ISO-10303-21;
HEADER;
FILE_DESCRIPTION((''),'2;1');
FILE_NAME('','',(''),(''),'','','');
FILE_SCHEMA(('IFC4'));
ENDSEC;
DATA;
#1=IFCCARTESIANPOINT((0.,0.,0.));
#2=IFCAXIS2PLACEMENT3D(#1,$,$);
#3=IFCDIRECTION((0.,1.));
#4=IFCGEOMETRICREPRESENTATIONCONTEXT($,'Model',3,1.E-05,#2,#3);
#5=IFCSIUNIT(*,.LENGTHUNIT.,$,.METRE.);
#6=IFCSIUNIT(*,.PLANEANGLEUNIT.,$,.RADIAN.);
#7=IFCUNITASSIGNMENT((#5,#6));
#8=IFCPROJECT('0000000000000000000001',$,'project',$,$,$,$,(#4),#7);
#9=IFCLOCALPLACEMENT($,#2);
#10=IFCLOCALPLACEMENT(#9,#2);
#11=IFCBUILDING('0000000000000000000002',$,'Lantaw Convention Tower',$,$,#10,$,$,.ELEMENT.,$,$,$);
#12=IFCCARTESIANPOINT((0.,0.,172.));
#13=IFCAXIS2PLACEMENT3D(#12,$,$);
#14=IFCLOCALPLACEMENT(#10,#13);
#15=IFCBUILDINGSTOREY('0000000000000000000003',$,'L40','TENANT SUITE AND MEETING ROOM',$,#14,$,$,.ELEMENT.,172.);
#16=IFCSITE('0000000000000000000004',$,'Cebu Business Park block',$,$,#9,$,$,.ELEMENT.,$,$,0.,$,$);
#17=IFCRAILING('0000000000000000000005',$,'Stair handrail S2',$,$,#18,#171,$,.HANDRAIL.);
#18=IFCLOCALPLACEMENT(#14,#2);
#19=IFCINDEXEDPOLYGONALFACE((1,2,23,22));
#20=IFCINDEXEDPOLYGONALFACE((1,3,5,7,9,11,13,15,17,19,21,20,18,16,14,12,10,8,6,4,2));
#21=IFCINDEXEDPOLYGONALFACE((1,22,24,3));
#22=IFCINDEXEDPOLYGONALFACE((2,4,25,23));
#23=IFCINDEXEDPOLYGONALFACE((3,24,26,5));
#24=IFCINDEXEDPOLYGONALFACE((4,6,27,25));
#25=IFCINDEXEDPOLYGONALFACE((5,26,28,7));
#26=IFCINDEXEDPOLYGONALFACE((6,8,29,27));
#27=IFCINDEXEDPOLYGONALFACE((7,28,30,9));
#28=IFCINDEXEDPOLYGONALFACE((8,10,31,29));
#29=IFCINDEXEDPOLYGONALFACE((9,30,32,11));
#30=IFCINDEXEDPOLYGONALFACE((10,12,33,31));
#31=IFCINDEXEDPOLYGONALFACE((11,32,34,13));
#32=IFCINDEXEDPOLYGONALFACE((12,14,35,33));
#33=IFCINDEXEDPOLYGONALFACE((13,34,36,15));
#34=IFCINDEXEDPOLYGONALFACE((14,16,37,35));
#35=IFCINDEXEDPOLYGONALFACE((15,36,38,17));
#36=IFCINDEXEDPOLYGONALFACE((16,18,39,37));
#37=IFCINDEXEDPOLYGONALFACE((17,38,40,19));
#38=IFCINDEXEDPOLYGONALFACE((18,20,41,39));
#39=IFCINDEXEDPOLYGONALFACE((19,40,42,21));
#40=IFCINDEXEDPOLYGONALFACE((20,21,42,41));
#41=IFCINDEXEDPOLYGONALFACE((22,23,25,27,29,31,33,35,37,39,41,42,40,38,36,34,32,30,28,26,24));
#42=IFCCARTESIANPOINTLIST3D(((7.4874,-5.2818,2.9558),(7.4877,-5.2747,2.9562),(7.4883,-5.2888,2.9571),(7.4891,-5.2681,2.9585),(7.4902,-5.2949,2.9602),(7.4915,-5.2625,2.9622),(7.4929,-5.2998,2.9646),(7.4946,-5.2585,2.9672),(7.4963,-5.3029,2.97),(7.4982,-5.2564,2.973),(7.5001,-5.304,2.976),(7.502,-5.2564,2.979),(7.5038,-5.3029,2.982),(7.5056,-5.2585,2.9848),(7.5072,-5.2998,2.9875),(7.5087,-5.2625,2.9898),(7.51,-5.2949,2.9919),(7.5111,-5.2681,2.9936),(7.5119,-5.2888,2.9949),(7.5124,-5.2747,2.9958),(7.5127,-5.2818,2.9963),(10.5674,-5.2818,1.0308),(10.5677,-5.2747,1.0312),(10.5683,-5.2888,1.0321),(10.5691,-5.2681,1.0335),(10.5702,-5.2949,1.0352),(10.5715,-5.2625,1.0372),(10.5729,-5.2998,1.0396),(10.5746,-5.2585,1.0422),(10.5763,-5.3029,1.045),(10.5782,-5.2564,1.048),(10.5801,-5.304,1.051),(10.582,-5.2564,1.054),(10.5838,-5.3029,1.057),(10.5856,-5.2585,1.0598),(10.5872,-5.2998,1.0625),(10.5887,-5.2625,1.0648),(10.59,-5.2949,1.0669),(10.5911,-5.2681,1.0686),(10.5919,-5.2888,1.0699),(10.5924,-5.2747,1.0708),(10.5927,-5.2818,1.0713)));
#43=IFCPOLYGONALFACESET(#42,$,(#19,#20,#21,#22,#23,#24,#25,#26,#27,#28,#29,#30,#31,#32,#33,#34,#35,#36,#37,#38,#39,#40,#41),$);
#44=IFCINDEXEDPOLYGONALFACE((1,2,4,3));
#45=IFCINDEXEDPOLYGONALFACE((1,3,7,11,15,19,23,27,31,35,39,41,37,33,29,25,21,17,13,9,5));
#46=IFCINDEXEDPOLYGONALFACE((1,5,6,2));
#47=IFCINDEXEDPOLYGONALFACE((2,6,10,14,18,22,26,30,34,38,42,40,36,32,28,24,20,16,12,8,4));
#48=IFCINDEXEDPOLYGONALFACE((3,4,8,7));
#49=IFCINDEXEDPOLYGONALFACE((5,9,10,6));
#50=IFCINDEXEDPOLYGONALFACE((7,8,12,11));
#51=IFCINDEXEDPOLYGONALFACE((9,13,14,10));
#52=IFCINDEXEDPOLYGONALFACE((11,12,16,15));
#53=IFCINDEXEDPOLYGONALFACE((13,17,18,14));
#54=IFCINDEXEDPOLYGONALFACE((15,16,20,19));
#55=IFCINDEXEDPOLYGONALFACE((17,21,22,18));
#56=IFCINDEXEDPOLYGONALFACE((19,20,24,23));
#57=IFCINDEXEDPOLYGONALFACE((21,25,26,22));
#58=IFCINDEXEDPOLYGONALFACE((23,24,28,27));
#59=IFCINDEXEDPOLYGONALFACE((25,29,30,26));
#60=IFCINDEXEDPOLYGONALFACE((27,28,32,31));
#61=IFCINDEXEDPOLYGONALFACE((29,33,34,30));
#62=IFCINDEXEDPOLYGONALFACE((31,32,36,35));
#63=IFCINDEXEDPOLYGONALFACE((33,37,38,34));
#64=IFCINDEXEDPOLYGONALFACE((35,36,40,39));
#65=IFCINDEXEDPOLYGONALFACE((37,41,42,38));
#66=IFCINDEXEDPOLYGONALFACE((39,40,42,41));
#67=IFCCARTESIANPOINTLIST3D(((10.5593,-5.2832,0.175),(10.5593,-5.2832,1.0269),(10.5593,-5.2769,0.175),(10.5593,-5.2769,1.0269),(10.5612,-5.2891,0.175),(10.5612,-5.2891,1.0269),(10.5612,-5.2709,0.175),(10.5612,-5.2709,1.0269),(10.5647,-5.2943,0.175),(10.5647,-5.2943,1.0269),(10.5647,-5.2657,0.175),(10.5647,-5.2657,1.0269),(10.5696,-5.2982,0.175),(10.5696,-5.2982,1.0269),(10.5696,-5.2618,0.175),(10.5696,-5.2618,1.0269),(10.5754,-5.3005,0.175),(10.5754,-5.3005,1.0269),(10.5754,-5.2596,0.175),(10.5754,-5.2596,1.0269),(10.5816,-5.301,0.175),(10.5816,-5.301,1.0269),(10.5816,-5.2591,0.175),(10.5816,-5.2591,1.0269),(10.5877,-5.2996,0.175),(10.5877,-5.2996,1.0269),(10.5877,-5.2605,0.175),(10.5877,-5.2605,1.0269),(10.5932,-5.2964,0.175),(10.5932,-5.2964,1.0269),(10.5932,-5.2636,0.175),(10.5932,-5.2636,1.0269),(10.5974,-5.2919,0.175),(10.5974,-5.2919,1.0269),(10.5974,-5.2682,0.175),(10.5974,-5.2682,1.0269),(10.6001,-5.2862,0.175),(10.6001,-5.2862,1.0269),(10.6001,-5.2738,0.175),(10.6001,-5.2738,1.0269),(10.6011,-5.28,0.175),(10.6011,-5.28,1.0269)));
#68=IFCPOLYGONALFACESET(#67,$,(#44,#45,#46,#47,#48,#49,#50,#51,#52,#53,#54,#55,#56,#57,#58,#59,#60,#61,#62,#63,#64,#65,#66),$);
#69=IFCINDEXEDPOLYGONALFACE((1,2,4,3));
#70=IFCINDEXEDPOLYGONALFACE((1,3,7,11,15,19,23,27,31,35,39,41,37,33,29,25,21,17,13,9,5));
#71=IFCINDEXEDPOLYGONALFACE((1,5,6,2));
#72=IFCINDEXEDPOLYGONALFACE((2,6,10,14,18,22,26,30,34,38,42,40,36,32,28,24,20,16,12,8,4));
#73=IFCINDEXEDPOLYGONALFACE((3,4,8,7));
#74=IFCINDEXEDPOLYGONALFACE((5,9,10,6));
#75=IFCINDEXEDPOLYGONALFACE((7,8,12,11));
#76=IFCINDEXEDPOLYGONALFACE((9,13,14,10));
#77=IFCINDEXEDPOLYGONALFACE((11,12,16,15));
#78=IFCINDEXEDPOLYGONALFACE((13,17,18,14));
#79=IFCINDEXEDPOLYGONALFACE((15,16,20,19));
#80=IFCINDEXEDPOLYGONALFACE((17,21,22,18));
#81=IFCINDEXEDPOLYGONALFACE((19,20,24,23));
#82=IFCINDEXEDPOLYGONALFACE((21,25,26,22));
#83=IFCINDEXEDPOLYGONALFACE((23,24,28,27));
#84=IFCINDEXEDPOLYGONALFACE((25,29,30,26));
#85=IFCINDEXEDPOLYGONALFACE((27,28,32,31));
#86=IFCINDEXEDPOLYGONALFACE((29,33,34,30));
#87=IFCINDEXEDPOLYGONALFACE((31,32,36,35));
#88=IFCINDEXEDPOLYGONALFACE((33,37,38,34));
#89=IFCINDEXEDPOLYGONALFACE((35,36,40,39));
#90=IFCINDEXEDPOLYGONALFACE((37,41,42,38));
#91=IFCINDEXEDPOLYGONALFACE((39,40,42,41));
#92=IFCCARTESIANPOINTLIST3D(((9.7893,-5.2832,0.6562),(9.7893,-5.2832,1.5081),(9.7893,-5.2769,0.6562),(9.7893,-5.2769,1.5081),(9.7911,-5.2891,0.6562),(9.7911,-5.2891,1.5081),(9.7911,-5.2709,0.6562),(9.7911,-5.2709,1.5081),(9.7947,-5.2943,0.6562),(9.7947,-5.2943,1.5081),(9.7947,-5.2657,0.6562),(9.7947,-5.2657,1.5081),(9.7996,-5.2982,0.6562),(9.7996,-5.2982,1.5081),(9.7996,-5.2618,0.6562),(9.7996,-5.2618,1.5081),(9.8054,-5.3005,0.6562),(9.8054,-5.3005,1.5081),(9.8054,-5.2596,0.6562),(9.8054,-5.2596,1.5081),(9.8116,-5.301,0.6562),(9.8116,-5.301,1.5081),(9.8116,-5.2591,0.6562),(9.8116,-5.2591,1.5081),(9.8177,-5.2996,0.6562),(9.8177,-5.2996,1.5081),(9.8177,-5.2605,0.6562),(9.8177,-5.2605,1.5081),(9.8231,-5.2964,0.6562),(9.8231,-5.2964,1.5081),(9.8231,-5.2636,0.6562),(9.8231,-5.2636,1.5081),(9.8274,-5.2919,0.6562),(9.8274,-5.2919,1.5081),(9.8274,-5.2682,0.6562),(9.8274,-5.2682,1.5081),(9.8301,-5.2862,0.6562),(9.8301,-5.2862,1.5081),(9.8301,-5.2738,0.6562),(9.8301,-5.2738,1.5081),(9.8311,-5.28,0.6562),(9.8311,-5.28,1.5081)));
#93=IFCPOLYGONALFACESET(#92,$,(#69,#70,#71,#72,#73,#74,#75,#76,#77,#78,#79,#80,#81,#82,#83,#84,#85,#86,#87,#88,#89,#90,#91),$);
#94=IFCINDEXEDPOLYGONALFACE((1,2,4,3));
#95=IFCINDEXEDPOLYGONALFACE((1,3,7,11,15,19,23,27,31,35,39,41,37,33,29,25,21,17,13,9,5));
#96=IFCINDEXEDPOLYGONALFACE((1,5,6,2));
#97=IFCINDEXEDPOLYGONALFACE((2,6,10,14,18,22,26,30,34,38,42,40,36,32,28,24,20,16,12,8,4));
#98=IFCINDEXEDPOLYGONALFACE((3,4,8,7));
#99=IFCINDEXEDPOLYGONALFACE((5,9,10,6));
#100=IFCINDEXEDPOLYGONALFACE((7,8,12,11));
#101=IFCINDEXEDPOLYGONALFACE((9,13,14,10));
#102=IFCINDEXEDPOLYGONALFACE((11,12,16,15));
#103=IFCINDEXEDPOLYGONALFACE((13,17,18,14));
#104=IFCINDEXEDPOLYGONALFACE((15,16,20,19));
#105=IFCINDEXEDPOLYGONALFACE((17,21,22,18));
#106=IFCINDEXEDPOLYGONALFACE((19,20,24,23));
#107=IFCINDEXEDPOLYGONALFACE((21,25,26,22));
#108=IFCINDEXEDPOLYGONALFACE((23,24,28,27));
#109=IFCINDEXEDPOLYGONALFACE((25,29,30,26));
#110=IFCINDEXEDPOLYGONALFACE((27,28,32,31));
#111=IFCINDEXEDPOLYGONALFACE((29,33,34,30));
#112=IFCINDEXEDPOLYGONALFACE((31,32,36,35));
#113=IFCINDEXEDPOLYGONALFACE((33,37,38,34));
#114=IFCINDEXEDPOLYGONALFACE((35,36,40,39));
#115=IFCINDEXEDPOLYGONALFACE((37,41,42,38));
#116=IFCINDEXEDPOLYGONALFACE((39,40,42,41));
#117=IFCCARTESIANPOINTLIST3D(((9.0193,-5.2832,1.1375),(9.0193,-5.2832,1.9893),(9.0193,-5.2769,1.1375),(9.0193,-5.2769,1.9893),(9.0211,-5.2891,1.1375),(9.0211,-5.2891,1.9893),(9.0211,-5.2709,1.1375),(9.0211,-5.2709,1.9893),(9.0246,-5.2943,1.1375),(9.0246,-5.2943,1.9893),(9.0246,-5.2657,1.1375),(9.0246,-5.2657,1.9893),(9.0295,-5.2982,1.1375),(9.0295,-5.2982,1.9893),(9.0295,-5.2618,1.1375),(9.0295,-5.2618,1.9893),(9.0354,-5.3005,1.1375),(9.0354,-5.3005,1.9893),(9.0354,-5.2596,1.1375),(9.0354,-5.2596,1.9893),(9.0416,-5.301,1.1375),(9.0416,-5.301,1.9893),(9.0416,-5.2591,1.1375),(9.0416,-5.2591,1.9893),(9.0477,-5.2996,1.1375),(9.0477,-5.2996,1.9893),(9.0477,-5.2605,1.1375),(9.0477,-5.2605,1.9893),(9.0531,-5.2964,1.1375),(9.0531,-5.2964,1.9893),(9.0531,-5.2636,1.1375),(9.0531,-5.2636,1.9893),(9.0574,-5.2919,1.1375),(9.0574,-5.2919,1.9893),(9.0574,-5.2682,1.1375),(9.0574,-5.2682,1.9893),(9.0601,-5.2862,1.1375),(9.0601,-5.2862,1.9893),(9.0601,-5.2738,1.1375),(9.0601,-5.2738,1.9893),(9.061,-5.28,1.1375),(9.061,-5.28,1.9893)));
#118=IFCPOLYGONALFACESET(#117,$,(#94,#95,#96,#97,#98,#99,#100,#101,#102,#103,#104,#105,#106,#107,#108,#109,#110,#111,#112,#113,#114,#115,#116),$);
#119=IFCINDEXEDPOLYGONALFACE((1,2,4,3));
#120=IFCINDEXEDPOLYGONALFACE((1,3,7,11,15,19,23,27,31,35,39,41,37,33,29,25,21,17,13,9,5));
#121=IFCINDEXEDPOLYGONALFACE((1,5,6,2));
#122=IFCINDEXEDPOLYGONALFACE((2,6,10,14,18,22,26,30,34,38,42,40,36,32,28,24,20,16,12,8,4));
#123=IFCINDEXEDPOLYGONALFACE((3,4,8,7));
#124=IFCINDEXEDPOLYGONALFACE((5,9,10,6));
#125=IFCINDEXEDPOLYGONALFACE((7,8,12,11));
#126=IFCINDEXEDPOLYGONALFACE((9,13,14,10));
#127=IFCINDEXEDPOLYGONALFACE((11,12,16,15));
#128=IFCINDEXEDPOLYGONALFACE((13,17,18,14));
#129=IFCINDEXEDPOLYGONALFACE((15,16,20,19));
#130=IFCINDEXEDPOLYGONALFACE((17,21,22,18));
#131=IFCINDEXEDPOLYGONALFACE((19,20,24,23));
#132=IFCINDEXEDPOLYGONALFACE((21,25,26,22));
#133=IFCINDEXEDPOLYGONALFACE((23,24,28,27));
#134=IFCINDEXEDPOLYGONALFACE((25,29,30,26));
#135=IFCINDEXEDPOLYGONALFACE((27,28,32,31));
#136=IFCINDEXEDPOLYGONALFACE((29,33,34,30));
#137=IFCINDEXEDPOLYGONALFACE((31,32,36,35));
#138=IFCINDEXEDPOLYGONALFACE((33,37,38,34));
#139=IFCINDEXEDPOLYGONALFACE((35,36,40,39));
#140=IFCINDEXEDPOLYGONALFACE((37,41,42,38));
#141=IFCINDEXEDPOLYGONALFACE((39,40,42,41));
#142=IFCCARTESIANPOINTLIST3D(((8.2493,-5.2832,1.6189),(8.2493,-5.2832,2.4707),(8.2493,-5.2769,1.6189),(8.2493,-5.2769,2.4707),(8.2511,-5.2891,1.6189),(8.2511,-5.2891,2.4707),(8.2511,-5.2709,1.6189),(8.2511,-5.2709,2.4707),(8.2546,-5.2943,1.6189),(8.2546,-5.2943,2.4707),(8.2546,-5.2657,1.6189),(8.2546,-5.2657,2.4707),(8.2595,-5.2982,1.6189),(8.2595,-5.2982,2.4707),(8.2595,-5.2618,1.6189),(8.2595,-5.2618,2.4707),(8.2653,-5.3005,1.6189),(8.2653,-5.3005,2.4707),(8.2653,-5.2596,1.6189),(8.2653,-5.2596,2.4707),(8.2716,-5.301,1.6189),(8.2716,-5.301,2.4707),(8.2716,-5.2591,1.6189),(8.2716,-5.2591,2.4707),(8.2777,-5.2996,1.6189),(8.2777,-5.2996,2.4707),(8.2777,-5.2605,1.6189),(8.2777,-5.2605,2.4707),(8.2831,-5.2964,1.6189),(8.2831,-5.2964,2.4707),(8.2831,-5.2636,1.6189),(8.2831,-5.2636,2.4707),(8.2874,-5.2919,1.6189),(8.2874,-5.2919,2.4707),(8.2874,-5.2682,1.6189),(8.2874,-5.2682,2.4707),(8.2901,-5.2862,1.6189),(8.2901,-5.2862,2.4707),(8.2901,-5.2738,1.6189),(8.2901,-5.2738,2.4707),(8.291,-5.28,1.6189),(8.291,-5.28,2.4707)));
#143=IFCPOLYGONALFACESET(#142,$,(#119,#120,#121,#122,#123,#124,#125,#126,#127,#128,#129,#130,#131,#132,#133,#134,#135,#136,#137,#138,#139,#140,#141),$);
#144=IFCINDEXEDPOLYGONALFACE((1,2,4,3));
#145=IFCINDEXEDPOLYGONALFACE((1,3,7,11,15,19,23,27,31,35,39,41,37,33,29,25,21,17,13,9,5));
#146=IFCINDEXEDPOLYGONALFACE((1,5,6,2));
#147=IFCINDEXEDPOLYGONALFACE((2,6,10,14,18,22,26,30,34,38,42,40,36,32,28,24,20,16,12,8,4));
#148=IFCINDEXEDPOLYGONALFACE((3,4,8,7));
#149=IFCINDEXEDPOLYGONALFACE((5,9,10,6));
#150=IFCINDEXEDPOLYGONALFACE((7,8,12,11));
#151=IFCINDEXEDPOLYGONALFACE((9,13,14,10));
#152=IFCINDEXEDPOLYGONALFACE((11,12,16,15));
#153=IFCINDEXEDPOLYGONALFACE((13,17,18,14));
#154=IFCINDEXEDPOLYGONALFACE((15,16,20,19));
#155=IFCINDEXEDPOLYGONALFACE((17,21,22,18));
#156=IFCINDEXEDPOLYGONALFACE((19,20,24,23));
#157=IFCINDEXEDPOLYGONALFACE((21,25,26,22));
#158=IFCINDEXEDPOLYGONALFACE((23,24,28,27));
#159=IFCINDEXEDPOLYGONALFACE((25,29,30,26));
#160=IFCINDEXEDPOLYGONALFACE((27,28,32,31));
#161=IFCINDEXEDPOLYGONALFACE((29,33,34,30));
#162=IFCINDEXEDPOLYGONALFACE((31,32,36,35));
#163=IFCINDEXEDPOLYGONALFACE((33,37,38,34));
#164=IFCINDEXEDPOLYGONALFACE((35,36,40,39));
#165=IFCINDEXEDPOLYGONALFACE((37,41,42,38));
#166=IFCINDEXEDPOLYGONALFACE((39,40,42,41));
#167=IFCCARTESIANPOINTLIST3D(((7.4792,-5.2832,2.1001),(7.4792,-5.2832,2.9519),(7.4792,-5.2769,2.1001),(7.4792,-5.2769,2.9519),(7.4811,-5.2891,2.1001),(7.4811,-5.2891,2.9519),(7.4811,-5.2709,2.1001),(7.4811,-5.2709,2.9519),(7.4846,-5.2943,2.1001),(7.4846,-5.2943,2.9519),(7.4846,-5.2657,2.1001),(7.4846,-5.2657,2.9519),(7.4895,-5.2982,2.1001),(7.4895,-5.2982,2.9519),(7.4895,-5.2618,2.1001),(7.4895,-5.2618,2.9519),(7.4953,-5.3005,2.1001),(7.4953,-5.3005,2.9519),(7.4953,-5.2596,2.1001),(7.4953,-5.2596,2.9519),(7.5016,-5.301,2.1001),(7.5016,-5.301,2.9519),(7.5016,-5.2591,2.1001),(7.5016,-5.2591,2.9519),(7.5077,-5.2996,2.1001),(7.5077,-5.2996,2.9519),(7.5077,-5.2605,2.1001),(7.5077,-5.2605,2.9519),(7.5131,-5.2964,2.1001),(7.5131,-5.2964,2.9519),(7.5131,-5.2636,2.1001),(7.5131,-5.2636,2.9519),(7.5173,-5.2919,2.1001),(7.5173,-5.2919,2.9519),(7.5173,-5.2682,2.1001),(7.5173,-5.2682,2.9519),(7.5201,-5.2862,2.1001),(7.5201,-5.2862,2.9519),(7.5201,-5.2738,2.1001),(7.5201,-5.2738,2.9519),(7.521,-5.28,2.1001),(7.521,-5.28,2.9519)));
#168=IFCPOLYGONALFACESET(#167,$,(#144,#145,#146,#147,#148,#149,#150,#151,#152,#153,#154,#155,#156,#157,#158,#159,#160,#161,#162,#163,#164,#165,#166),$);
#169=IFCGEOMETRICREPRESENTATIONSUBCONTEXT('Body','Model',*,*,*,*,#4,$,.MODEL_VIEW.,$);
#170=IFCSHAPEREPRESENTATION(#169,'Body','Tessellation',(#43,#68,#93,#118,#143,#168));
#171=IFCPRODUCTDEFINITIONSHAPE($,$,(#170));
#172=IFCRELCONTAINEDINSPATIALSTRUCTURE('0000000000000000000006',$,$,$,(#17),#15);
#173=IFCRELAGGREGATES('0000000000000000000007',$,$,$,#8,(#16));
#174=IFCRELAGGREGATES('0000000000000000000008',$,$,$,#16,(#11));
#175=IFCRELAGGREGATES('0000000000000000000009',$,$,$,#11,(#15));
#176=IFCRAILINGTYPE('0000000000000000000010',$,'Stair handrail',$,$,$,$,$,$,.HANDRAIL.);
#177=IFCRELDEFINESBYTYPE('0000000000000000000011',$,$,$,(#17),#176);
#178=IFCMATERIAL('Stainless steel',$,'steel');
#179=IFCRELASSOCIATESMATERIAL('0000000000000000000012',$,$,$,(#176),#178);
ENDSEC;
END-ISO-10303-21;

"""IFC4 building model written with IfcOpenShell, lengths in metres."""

from ifc_helpers import new_model, si_unit, direction, frame, origin, origin_2d, place, context, subcontext, project, spatial, circle, extrude, material, type_object, element, save


model = new_model("IFC4")

# Units and contexts
model_context = context("Model", 3, precision=1e-05, world=origin(), true_north=direction((0.0, 1.0)))
body_context = subcontext(model_context, "Body", "Model", "MODEL_VIEW")
ifc_project = project(units=[si_unit("LENGTHUNIT", "METRE"), si_unit("PLANEANGLEUNIT", "RADIAN")], contexts=[model_context])

# Site, building, storey
site_placement = place(None, origin())
site = spatial("IfcSite", under=ifc_project, at=site_placement, Name="Cebu Business Park block", CompositionType="ELEMENT", RefElevation=0.0)
building_placement = place(site_placement, origin())
building = spatial("IfcBuilding", under=site, at=building_placement, Name="Lantaw Convention Tower", CompositionType="ELEMENT")
storey_placement = place(building_placement, frame((0.0, 0.0, 172.0)))
storey = spatial("IfcBuildingStorey", under=building, at=storey_placement, Name="L40", Description="TENANT SUITE AND MEETING ROOM", CompositionType="ELEMENT", Elevation=172.0)

# Railing
ifc_material_1 = material(Name="Stainless steel", Category="steel")
railing_type = type_object("IfcRailingType", Name="Stair handrail", PredefinedType="HANDRAIL", material=ifc_material_1)
railing_1_placement = place(storey_placement, frame((10.5801, -5.28, 0.175)))
element("IfcRailing", 1, at=railing_1_placement, inside=storey, type_object=railing_type, Name="Stair handrail S2", PredefinedType="HANDRAIL", context=body_context, shape_type="SweptSolid", body=[
    extrude(circle(Radius=0.0239, at=origin_2d()), frame((0.0, 0.0, 0.876), z_axis=(-0.847998, 0.0, 0.529999), x_axis=(0.0, -1.0, 0.0)), (0.0, 0.0, 1.0), 3.6321),
    extrude(circle(Radius=0.021, at=origin_2d()), origin(), (0.0, 0.0, 1.0), 0.8518),
    extrude(circle(Radius=0.021, at=origin_2d()), frame((-0.77, 0.0, 0.4812)), (0.0, 0.0, 1.0), 0.8518),
    extrude(circle(Radius=0.021, at=origin_2d()), frame((-1.54, 0.0, 0.9624)), (0.0, 0.0, 1.0), 0.8518),
    extrude(circle(Radius=0.021, at=origin_2d()), frame((-2.3101, 0.0, 1.4438)), (0.0, 0.0, 1.0), 0.8518),
    extrude(circle(Radius=0.021, at=origin_2d()), frame((-3.0801, 0.0, 1.925)), (0.0, 0.0, 1.0), 0.8518),
])

save(model, "model.ifc")
